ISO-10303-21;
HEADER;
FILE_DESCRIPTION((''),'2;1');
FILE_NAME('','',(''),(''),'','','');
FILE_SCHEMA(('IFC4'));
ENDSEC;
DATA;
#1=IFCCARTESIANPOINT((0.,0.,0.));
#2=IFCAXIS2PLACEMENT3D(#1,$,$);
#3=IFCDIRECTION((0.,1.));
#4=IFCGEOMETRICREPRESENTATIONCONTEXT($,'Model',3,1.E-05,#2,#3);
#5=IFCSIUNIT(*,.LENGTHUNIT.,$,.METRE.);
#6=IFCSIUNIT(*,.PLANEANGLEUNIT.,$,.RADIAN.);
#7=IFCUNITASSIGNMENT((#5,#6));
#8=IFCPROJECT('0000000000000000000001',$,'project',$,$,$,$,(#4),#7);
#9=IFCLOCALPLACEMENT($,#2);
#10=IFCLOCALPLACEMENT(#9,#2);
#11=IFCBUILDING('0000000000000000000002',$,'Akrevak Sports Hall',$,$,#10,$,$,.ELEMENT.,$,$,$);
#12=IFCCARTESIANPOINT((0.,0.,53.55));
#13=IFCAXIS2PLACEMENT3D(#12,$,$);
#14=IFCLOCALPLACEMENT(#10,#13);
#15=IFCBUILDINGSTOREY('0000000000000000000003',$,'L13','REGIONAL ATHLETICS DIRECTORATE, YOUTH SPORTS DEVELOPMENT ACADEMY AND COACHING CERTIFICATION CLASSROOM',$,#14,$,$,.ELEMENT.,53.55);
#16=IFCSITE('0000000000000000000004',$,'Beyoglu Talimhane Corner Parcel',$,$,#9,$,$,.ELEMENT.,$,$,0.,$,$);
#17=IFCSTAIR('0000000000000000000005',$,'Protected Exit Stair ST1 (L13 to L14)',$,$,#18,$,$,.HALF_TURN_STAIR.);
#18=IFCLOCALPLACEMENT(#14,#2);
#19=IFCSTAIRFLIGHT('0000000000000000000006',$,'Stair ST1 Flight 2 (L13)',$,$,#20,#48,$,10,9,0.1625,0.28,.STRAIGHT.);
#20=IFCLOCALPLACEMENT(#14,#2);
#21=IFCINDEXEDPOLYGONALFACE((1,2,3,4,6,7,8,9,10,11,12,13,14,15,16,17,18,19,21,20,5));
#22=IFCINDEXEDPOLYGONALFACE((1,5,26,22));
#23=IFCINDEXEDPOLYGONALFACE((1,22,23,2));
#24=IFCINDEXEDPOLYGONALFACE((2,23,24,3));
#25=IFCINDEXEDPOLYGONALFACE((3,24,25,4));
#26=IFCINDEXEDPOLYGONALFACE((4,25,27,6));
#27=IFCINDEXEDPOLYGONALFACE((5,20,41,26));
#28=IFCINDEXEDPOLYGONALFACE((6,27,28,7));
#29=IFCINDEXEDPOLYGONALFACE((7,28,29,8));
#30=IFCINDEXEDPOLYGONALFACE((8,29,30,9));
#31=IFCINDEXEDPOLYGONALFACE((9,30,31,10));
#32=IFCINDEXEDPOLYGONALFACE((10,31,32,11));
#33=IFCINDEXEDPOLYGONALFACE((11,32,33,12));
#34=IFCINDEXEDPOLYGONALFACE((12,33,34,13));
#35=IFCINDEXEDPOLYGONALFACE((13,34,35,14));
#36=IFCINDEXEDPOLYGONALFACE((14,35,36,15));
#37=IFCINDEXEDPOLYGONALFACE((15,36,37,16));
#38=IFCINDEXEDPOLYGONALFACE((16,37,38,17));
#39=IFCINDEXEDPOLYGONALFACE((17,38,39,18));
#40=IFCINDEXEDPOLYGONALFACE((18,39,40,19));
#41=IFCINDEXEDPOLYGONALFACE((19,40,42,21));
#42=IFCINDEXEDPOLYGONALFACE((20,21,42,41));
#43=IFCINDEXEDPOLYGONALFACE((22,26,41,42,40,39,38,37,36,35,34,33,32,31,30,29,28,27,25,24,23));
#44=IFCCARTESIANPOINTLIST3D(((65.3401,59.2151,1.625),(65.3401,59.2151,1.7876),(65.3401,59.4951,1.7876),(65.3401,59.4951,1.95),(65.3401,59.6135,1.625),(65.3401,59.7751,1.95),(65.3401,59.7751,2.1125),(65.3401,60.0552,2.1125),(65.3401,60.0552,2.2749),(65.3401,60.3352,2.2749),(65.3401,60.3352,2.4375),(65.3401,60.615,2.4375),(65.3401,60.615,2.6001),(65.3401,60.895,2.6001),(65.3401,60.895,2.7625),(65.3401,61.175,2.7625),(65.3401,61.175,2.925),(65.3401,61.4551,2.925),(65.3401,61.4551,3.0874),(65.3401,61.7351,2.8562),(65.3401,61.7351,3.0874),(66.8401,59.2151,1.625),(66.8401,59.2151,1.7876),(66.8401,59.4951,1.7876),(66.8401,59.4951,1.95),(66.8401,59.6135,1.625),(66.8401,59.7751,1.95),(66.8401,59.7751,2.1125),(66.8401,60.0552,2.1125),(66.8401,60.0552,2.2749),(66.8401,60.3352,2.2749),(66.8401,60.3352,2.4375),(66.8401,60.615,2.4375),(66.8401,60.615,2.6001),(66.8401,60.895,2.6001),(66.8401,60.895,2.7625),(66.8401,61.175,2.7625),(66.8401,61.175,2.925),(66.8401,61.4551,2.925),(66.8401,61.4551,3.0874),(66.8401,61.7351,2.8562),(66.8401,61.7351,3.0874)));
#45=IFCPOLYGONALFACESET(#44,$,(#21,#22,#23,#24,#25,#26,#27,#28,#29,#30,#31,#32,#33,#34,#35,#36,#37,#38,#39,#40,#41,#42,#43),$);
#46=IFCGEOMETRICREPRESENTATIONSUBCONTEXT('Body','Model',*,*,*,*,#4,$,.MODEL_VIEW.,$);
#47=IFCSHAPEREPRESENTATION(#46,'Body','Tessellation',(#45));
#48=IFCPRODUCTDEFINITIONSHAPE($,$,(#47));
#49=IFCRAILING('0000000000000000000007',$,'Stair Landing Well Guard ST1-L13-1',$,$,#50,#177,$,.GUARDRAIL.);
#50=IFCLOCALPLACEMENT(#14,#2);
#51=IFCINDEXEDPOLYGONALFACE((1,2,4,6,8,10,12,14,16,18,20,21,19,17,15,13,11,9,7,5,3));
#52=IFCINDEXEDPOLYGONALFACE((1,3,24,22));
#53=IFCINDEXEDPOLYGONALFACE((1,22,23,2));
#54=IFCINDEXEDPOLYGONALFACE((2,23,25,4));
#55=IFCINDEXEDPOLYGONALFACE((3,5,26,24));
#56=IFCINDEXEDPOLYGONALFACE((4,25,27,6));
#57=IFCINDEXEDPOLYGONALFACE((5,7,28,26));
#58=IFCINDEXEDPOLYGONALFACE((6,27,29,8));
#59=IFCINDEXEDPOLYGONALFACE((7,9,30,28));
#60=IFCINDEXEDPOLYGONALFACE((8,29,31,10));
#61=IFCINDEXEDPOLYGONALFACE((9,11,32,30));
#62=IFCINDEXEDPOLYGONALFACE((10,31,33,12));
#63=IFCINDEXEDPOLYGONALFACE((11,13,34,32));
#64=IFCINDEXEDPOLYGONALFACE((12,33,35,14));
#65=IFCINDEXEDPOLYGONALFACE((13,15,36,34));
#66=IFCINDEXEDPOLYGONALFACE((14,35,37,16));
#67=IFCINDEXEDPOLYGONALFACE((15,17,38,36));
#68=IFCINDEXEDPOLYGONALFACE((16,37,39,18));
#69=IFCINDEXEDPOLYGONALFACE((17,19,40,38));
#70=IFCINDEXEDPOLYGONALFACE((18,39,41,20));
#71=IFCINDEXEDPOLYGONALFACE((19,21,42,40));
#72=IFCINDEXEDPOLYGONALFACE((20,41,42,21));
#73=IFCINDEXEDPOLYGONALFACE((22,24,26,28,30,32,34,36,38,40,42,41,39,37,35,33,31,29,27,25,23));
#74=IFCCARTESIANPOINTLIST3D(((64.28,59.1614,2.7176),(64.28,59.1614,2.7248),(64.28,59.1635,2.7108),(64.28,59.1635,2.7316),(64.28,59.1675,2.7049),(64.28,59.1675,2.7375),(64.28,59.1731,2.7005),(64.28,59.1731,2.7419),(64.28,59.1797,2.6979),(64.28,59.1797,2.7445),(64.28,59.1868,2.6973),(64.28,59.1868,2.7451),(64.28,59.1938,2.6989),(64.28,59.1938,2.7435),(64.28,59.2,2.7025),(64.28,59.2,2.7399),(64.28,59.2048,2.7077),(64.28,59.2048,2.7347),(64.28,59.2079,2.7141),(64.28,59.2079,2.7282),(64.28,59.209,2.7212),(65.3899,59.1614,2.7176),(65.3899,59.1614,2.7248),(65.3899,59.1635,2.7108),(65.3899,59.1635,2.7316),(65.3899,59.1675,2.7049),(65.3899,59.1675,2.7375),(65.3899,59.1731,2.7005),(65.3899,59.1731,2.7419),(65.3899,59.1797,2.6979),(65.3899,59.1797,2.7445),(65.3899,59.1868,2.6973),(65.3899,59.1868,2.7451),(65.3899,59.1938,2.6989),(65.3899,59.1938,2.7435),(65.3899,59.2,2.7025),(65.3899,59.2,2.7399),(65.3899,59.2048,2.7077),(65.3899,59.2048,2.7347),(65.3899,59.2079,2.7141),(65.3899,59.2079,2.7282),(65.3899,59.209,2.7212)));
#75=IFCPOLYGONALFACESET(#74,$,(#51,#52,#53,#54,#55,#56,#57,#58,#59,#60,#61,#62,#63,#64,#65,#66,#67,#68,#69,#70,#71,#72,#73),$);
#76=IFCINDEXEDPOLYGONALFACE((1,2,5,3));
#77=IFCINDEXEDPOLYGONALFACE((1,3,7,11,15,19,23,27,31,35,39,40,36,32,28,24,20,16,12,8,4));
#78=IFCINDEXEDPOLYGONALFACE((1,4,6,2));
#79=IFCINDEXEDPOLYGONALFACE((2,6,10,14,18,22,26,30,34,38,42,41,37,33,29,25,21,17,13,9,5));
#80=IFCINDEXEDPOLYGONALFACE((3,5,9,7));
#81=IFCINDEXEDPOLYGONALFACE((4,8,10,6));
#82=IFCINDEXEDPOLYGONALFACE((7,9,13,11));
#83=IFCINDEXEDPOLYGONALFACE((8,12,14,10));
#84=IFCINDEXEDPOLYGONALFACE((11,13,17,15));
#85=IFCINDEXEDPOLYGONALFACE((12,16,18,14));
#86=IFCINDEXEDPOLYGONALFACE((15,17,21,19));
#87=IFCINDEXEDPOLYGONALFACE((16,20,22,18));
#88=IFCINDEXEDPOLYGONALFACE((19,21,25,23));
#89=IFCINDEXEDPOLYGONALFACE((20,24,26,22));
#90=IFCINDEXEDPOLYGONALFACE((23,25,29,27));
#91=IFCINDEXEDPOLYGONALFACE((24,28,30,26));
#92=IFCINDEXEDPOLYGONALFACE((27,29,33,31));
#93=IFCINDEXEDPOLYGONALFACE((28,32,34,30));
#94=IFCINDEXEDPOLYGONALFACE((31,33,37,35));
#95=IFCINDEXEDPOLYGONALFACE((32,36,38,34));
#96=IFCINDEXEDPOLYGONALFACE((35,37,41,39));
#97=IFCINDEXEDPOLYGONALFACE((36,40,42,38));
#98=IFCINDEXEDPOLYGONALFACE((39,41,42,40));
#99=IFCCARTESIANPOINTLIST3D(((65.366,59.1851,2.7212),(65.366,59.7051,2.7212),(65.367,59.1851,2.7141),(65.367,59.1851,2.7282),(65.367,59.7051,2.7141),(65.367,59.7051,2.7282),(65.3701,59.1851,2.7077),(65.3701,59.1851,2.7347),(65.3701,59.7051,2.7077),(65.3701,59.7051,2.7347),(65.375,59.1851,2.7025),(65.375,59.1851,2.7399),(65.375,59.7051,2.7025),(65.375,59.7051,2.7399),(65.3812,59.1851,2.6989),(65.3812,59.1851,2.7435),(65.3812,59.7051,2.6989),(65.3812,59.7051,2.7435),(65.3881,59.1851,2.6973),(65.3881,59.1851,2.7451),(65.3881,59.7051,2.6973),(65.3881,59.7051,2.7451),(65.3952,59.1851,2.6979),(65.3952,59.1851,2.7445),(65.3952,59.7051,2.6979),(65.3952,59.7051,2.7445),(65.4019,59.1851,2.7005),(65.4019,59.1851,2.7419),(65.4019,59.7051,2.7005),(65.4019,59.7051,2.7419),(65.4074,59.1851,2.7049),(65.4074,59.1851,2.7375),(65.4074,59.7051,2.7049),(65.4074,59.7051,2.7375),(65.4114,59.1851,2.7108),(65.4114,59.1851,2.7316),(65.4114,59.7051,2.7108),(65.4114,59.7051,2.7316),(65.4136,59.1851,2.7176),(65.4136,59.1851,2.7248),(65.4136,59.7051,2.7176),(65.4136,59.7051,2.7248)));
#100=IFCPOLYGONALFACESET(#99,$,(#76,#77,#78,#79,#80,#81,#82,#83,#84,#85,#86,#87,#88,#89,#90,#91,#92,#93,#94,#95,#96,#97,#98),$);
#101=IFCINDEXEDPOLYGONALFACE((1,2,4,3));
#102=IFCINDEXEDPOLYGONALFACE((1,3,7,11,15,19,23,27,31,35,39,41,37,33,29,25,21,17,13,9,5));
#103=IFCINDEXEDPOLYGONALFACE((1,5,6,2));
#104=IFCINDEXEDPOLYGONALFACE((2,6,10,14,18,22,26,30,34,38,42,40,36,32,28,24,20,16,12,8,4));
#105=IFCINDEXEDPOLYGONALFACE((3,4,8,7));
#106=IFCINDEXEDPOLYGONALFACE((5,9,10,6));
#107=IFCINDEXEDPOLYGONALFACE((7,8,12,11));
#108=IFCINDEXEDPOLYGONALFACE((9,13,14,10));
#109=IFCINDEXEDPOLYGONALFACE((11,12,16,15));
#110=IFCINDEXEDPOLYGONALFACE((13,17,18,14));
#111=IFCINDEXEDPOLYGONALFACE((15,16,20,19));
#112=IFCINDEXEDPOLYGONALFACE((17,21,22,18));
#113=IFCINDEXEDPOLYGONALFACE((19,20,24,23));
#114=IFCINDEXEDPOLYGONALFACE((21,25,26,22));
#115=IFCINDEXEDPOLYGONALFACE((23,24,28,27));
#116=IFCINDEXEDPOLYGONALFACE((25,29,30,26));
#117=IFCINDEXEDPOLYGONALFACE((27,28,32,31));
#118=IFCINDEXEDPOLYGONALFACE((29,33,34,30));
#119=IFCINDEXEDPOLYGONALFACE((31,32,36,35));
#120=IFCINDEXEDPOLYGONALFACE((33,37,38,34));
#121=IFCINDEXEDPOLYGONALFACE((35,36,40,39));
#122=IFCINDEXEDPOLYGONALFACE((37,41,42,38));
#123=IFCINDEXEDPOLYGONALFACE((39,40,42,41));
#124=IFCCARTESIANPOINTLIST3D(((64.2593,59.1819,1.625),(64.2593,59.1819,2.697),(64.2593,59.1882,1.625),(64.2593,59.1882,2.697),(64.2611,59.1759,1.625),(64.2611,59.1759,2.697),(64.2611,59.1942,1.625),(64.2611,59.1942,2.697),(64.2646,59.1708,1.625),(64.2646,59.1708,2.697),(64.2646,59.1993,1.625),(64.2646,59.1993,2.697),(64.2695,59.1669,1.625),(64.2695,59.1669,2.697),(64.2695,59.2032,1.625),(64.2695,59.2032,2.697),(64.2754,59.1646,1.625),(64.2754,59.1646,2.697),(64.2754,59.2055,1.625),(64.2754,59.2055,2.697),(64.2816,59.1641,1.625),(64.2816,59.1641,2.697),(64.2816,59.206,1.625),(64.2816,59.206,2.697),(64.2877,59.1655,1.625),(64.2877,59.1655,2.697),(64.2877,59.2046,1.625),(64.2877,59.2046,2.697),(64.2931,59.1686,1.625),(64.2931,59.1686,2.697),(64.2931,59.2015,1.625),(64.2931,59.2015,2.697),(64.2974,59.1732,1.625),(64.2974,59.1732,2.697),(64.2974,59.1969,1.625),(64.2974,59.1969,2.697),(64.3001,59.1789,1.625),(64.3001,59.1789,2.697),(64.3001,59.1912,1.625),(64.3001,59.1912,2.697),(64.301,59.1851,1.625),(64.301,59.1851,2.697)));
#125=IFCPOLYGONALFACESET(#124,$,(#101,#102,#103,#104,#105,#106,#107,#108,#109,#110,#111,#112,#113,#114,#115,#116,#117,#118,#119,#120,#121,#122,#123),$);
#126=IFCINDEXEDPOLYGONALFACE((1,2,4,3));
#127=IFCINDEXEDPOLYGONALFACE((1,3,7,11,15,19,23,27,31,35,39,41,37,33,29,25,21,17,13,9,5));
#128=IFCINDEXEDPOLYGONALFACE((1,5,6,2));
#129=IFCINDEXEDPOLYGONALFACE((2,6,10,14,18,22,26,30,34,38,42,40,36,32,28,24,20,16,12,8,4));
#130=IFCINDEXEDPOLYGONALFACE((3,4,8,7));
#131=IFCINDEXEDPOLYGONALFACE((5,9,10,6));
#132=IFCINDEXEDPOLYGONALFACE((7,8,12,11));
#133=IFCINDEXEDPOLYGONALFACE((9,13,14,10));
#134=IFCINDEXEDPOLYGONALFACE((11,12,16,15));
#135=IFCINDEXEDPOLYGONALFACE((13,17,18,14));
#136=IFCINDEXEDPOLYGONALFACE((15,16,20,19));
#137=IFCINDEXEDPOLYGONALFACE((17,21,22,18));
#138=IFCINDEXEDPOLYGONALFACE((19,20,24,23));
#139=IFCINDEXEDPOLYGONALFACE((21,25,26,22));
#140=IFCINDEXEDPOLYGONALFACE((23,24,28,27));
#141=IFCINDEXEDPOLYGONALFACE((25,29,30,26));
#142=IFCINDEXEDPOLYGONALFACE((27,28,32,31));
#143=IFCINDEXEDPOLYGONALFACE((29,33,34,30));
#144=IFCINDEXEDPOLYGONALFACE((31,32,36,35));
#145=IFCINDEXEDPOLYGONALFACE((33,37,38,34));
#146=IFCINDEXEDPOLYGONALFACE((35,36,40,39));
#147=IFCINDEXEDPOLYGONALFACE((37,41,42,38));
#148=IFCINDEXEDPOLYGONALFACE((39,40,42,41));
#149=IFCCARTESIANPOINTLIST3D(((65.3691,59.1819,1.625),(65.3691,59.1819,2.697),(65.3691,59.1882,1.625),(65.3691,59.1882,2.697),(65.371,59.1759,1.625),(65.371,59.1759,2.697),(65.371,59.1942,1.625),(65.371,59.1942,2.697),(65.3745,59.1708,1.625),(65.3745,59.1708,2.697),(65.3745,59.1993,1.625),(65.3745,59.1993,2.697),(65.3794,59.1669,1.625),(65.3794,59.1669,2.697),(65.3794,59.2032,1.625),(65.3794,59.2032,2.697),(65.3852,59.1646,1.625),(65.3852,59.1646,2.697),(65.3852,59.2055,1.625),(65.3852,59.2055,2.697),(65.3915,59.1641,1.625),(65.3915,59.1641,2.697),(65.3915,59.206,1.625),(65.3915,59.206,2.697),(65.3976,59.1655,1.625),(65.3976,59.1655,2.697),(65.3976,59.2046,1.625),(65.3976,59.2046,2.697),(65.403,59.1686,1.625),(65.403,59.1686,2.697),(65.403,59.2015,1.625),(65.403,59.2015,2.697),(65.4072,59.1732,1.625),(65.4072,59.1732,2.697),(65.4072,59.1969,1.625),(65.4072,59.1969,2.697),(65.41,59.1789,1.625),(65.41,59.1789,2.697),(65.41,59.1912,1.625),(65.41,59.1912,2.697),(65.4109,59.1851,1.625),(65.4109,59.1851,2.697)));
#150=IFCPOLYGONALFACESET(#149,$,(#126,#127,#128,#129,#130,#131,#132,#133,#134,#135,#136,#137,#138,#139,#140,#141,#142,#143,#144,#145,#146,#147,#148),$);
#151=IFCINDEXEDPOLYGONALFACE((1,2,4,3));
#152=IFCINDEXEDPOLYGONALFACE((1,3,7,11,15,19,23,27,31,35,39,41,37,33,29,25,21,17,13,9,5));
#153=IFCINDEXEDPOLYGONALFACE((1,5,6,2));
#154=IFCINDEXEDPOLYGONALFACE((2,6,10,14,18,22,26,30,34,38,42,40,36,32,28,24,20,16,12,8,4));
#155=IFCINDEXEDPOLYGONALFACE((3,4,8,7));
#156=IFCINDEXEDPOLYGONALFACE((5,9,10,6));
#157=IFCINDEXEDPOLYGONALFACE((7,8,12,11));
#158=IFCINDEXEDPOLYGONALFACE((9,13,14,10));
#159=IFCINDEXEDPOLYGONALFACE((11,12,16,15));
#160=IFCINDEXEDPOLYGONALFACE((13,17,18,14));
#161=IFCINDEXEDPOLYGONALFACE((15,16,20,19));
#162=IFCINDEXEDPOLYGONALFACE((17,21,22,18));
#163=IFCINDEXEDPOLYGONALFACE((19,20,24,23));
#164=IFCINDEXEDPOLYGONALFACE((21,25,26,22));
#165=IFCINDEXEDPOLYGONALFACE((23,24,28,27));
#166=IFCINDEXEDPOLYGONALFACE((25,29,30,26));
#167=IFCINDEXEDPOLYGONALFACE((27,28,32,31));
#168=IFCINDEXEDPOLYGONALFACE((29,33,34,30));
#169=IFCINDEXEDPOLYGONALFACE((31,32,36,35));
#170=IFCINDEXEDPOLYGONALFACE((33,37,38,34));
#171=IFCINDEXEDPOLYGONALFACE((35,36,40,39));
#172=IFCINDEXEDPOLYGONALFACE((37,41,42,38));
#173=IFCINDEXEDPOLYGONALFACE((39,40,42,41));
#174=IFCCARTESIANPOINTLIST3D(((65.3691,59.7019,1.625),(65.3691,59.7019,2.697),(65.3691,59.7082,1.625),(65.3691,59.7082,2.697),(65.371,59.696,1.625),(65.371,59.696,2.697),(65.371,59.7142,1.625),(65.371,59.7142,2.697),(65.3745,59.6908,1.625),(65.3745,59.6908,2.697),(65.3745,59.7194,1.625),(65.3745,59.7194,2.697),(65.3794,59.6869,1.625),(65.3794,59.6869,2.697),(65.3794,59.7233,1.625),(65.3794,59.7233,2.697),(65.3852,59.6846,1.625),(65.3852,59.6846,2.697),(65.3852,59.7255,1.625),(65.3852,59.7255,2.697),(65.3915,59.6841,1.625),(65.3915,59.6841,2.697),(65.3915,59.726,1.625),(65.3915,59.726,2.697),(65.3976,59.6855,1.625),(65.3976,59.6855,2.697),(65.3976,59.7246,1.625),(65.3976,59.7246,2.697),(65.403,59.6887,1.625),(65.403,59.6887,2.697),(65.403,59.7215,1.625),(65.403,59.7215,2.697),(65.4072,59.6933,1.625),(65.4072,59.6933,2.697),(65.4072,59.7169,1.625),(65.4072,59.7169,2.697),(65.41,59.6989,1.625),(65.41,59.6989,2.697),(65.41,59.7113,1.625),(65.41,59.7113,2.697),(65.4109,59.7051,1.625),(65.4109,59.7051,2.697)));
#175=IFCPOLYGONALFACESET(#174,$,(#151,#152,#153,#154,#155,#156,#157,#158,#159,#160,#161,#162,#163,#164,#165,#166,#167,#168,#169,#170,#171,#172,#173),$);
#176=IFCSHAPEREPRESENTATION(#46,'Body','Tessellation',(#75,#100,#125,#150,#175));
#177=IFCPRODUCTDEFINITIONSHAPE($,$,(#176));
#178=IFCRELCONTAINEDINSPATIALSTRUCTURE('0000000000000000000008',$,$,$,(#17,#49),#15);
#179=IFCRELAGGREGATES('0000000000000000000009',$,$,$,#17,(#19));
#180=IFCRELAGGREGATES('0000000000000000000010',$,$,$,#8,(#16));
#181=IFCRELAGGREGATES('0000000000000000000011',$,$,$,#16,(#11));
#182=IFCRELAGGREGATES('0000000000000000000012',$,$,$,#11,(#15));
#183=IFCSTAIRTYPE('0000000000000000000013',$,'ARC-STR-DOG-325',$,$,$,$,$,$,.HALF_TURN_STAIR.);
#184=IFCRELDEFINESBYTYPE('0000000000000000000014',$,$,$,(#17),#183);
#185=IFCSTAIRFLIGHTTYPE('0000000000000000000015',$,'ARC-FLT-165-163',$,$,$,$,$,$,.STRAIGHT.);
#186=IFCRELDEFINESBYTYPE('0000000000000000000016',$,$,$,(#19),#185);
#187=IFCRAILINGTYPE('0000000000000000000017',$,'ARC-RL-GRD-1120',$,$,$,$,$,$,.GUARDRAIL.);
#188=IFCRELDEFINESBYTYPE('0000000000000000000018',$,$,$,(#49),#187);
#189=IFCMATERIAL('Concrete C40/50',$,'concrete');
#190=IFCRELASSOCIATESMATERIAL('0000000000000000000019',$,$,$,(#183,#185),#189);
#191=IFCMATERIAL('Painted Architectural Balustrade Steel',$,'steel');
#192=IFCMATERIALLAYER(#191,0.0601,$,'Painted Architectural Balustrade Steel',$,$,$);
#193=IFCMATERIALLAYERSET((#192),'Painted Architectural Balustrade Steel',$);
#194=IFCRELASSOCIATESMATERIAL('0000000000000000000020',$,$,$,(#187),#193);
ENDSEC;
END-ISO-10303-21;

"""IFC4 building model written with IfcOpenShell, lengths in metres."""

from ifc_helpers import new_model, si_unit, direction, frame, origin, origin_2d, place, context, subcontext, project, spatial, polyline, circle, outline, extrude, material, layer, layer_set, type_object, element, aggregate, save


model = new_model("IFC4")

# Units and contexts
model_context = context("Model", 3, precision=1e-05, world=origin(), true_north=direction((0.0, 1.0)))
body_context = subcontext(model_context, "Body", "Model", "MODEL_VIEW")
ifc_project = project(units=[si_unit("LENGTHUNIT", "METRE"), si_unit("PLANEANGLEUNIT", "RADIAN")], contexts=[model_context])

# Site, building, storey
site_placement = place(None, origin())
site = spatial("IfcSite", under=ifc_project, at=site_placement, Name="Beyoglu Talimhane Corner Parcel", CompositionType="ELEMENT", RefElevation=0.0)
building_placement = place(site_placement, origin())
building = spatial("IfcBuilding", under=site, at=building_placement, Name="Akrevak Sports Hall", CompositionType="ELEMENT")
storey_placement = place(building_placement, frame((0.0, 0.0, 53.55)))
storey = spatial("IfcBuildingStorey", under=building, at=storey_placement, Name="L13", Description="REGIONAL ATHLETICS DIRECTORATE, YOUTH SPORTS DEVELOPMENT ACADEMY AND COACHING CERTIFICATION CLASSROOM", CompositionType="ELEMENT", Elevation=53.55)

# Shared definitions
ifc_material_1 = material(Name="Concrete C40/50", Category="concrete")

# Stair, stair flight
stair_type = type_object("IfcStairType", Name="ARC-STR-DOG-325", PredefinedType="HALF_TURN_STAIR", material=ifc_material_1)
stair_placement = place(storey_placement, origin())
stair = element("IfcStair", 1, at=stair_placement, inside=storey, type_object=stair_type, Name="Protected Exit Stair ST1 (L13 to L14)", PredefinedType="HALF_TURN_STAIR")
stair_flight_type = type_object("IfcStairFlightType", Name="ARC-FLT-165-163", PredefinedType="STRAIGHT", material=ifc_material_1)
stair_flight_placement = place(storey_placement, frame((66.0901, 59.2151, 1.625), z_axis=(0.0, 0.0, 1.0), x_axis=(0.0, 1.0, 0.0)))
stair_flight = element("IfcStairFlight", 2, at=stair_flight_placement, type_object=stair_flight_type, Name="Stair ST1 Flight 2 (L13)", NumberOfRisers=10, NumberOfTreads=9, PredefinedType="STRAIGHT", RiserHeight=0.1625, TreadLength=0.28, context=body_context, shape_type="SweptSolid", body=[
    extrude(outline(polyline([(0.0, 0.0), (0.0, 0.1626), (0.28, 0.1626), (0.28, 0.325), (0.5601, 0.325), (0.5601, 0.4875), (0.8401, 0.4875), (0.8401, 0.6499), (1.1201, 0.6499), (1.1201, 0.8125), (1.3999, 0.8125), (1.3999, 0.9751), (1.6799, 0.9751), (1.6799, 1.1375), (1.96, 1.1375), (1.96, 1.3), (2.24, 1.3), (2.24, 1.4624), (2.52, 1.4624), (2.52, 1.625), (2.52, 1.2312), (0.3984, 0.0), (0.0, 0.0)])), frame((0.0, 0.75, 0.0), z_axis=(0.0, -1.0, 0.0), x_axis=(1.0, 0.0, 0.0)), (0.0, 0.0, 1.0), 1.5),
])
aggregate(stair, [stair_flight])

# Railing
ifc_material_2 = material(Name="Painted Architectural Balustrade Steel", Category="steel")
ifc_layer_1 = layer(ifc_material_2, 0.0601, Name="Painted Architectural Balustrade Steel")
ifc_layer_set_1 = layer_set([ifc_layer_1], Name="Painted Architectural Balustrade Steel")
railing_type_1 = type_object("IfcRailingType", Name="ARC-RL-GRD-1120", PredefinedType="GUARDRAIL", material=ifc_layer_set_1)
railing_1_placement = place(storey_placement, frame((64.28, 59.1851, 1.625)))
element("IfcRailing", 3, at=railing_1_placement, inside=storey, type_object=railing_type_1, Name="Stair Landing Well Guard ST1-L13-1", PredefinedType="GUARDRAIL", context=body_context, shape_type="SweptSolid", body=[
    extrude(circle(Radius=0.0239, at=origin_2d()), frame((0.0, 0.0, 1.0962), z_axis=(1.0, 0.0, 0.0), x_axis=(0.0, 1.0, 0.0)), (0.0, 0.0, 1.0), 1.1099),
    extrude(circle(Radius=0.0239, at=origin_2d()), frame((1.1099, 0.0, 1.0962), z_axis=(0.0, 1.0, 0.0), x_axis=(-1.0, 0.0, 0.0)), (0.0, 0.0, 1.0), 0.52),
    extrude(circle(Radius=0.021, at=origin_2d()), origin(), (0.0, 0.0, 1.0), 1.072),
    extrude(circle(Radius=0.021, at=origin_2d()), frame((1.1099, 0.0, 0.0)), (0.0, 0.0, 1.0), 1.072),
    extrude(circle(Radius=0.021, at=origin_2d()), frame((1.1099, 0.52, 0.0)), (0.0, 0.0, 1.0), 1.072),
])

save(model, "model.ifc")
